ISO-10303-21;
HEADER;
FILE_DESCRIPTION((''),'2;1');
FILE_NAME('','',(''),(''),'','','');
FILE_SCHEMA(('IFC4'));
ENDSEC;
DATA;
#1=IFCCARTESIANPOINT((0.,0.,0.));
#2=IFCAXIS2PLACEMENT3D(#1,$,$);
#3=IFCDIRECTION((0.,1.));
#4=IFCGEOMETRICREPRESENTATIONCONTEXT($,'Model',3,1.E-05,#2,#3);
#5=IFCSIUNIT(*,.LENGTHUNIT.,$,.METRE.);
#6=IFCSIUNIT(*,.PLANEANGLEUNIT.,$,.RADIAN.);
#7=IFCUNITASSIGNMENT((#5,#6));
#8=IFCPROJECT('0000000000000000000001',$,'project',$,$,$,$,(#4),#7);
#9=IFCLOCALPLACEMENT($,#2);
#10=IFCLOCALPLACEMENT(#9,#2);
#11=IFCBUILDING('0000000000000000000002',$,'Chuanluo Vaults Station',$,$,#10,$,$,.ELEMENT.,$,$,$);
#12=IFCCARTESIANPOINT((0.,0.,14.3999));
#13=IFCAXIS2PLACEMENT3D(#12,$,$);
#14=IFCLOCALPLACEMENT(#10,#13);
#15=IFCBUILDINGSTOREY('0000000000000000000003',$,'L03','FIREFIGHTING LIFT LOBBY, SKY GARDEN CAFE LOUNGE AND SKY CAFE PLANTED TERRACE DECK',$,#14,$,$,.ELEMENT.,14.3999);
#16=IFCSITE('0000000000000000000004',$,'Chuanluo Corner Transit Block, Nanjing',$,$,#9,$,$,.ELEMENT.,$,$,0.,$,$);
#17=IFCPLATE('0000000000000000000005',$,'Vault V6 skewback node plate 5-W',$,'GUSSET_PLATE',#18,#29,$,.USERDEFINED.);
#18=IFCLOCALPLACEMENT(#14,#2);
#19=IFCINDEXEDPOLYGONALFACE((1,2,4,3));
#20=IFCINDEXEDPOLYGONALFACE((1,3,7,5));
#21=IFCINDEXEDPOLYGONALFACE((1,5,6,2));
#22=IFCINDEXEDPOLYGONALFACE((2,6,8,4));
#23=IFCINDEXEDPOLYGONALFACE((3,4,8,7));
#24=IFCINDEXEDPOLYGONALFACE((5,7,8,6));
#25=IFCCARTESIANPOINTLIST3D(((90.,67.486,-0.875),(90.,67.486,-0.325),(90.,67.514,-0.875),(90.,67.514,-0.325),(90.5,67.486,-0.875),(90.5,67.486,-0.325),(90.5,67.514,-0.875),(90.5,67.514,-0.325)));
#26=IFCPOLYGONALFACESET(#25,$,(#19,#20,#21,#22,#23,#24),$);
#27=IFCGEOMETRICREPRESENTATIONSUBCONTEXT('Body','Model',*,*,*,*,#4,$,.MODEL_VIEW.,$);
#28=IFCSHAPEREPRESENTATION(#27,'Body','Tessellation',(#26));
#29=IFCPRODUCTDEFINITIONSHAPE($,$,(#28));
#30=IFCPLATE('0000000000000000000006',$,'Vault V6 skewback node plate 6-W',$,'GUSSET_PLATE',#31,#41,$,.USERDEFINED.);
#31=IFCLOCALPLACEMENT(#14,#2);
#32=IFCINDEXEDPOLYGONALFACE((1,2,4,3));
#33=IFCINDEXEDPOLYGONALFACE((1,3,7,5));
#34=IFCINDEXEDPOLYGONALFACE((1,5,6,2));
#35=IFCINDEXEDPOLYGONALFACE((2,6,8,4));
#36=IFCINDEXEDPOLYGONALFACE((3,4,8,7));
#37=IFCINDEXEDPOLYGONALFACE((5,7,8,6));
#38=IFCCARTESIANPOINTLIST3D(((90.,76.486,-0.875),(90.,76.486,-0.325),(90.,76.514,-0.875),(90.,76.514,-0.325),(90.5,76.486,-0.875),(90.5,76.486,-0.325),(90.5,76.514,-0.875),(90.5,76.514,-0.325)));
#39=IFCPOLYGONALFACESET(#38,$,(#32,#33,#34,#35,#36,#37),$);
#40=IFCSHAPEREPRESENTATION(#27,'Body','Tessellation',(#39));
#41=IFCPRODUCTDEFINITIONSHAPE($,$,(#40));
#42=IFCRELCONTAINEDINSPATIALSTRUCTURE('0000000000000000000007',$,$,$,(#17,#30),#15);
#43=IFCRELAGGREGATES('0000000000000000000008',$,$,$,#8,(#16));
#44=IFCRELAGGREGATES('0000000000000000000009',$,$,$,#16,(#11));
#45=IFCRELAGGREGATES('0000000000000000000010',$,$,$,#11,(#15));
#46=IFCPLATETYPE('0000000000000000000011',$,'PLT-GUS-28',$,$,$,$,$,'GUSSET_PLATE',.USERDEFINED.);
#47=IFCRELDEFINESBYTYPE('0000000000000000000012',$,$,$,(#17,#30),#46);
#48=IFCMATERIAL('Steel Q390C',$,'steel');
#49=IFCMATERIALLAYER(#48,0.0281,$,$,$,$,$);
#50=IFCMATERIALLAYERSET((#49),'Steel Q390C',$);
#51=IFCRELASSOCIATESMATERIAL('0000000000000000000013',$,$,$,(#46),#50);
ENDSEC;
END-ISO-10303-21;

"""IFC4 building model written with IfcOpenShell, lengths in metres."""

from ifc_helpers import new_model, si_unit, direction, frame, origin, origin_2d, place, context, subcontext, project, spatial, rectangle, extrude, material, layer, layer_set, type_object, element, save


model = new_model("IFC4")

# Units and contexts
model_context = context("Model", 3, precision=1e-05, world=origin(), true_north=direction((0.0, 1.0)))
body_context = subcontext(model_context, "Body", "Model", "MODEL_VIEW")
ifc_project = project(units=[si_unit("LENGTHUNIT", "METRE"), si_unit("PLANEANGLEUNIT", "RADIAN")], contexts=[model_context])

# Site, building, storey
site_placement = place(None, origin())
site = spatial("IfcSite", under=ifc_project, at=site_placement, Name="Chuanluo Corner Transit Block, Nanjing", CompositionType="ELEMENT", RefElevation=0.0)
building_placement = place(site_placement, origin())
building = spatial("IfcBuilding", under=site, at=building_placement, Name="Chuanluo Vaults Station", CompositionType="ELEMENT")
storey_placement = place(building_placement, frame((0.0, 0.0, 14.3999)))
storey = spatial("IfcBuildingStorey", under=building, at=storey_placement, Name="L03", Description="FIREFIGHTING LIFT LOBBY, SKY GARDEN CAFE LOUNGE AND SKY CAFE PLANTED TERRACE DECK", CompositionType="ELEMENT", Elevation=14.3999)

# Plates
ifc_material_1 = material(Name="Steel Q390C", Category="steel")
ifc_layer = layer(ifc_material_1, 0.0281)
ifc_layer_set = layer_set([ifc_layer], Name="Steel Q390C")
plate_type = type_object("IfcPlateType", Name="PLT-GUS-28", ElementType="GUSSET_PLATE", PredefinedType="USERDEFINED", material=ifc_layer_set)
for number, where, z_axis, x_axis, name in (
    (1, (90.25, 67.5, -0.875), (0.0, 0.0, 1.0), (1.0, 0.0, 0.0), "Vault V6 skewback node plate 5-W"),
    (2, (90.25, 76.5, -0.875), (0.0, 0.0, 1.0), (1.0, 0.0, 0.0), "Vault V6 skewback node plate 6-W"),
):
    element("IfcPlate", number, at=place(storey_placement, frame(where, z_axis=z_axis, x_axis=x_axis)), inside=storey, type_object=plate_type, Name=name, ObjectType="GUSSET_PLATE", PredefinedType="USERDEFINED", context=body_context, shape_type="SweptSolid", body=[
        extrude(rectangle(XDim=0.5, YDim=0.0281, at=origin_2d()), origin(), (0.0, 0.0, 1.0), 0.55),
    ])

save(model, "model.ifc")
